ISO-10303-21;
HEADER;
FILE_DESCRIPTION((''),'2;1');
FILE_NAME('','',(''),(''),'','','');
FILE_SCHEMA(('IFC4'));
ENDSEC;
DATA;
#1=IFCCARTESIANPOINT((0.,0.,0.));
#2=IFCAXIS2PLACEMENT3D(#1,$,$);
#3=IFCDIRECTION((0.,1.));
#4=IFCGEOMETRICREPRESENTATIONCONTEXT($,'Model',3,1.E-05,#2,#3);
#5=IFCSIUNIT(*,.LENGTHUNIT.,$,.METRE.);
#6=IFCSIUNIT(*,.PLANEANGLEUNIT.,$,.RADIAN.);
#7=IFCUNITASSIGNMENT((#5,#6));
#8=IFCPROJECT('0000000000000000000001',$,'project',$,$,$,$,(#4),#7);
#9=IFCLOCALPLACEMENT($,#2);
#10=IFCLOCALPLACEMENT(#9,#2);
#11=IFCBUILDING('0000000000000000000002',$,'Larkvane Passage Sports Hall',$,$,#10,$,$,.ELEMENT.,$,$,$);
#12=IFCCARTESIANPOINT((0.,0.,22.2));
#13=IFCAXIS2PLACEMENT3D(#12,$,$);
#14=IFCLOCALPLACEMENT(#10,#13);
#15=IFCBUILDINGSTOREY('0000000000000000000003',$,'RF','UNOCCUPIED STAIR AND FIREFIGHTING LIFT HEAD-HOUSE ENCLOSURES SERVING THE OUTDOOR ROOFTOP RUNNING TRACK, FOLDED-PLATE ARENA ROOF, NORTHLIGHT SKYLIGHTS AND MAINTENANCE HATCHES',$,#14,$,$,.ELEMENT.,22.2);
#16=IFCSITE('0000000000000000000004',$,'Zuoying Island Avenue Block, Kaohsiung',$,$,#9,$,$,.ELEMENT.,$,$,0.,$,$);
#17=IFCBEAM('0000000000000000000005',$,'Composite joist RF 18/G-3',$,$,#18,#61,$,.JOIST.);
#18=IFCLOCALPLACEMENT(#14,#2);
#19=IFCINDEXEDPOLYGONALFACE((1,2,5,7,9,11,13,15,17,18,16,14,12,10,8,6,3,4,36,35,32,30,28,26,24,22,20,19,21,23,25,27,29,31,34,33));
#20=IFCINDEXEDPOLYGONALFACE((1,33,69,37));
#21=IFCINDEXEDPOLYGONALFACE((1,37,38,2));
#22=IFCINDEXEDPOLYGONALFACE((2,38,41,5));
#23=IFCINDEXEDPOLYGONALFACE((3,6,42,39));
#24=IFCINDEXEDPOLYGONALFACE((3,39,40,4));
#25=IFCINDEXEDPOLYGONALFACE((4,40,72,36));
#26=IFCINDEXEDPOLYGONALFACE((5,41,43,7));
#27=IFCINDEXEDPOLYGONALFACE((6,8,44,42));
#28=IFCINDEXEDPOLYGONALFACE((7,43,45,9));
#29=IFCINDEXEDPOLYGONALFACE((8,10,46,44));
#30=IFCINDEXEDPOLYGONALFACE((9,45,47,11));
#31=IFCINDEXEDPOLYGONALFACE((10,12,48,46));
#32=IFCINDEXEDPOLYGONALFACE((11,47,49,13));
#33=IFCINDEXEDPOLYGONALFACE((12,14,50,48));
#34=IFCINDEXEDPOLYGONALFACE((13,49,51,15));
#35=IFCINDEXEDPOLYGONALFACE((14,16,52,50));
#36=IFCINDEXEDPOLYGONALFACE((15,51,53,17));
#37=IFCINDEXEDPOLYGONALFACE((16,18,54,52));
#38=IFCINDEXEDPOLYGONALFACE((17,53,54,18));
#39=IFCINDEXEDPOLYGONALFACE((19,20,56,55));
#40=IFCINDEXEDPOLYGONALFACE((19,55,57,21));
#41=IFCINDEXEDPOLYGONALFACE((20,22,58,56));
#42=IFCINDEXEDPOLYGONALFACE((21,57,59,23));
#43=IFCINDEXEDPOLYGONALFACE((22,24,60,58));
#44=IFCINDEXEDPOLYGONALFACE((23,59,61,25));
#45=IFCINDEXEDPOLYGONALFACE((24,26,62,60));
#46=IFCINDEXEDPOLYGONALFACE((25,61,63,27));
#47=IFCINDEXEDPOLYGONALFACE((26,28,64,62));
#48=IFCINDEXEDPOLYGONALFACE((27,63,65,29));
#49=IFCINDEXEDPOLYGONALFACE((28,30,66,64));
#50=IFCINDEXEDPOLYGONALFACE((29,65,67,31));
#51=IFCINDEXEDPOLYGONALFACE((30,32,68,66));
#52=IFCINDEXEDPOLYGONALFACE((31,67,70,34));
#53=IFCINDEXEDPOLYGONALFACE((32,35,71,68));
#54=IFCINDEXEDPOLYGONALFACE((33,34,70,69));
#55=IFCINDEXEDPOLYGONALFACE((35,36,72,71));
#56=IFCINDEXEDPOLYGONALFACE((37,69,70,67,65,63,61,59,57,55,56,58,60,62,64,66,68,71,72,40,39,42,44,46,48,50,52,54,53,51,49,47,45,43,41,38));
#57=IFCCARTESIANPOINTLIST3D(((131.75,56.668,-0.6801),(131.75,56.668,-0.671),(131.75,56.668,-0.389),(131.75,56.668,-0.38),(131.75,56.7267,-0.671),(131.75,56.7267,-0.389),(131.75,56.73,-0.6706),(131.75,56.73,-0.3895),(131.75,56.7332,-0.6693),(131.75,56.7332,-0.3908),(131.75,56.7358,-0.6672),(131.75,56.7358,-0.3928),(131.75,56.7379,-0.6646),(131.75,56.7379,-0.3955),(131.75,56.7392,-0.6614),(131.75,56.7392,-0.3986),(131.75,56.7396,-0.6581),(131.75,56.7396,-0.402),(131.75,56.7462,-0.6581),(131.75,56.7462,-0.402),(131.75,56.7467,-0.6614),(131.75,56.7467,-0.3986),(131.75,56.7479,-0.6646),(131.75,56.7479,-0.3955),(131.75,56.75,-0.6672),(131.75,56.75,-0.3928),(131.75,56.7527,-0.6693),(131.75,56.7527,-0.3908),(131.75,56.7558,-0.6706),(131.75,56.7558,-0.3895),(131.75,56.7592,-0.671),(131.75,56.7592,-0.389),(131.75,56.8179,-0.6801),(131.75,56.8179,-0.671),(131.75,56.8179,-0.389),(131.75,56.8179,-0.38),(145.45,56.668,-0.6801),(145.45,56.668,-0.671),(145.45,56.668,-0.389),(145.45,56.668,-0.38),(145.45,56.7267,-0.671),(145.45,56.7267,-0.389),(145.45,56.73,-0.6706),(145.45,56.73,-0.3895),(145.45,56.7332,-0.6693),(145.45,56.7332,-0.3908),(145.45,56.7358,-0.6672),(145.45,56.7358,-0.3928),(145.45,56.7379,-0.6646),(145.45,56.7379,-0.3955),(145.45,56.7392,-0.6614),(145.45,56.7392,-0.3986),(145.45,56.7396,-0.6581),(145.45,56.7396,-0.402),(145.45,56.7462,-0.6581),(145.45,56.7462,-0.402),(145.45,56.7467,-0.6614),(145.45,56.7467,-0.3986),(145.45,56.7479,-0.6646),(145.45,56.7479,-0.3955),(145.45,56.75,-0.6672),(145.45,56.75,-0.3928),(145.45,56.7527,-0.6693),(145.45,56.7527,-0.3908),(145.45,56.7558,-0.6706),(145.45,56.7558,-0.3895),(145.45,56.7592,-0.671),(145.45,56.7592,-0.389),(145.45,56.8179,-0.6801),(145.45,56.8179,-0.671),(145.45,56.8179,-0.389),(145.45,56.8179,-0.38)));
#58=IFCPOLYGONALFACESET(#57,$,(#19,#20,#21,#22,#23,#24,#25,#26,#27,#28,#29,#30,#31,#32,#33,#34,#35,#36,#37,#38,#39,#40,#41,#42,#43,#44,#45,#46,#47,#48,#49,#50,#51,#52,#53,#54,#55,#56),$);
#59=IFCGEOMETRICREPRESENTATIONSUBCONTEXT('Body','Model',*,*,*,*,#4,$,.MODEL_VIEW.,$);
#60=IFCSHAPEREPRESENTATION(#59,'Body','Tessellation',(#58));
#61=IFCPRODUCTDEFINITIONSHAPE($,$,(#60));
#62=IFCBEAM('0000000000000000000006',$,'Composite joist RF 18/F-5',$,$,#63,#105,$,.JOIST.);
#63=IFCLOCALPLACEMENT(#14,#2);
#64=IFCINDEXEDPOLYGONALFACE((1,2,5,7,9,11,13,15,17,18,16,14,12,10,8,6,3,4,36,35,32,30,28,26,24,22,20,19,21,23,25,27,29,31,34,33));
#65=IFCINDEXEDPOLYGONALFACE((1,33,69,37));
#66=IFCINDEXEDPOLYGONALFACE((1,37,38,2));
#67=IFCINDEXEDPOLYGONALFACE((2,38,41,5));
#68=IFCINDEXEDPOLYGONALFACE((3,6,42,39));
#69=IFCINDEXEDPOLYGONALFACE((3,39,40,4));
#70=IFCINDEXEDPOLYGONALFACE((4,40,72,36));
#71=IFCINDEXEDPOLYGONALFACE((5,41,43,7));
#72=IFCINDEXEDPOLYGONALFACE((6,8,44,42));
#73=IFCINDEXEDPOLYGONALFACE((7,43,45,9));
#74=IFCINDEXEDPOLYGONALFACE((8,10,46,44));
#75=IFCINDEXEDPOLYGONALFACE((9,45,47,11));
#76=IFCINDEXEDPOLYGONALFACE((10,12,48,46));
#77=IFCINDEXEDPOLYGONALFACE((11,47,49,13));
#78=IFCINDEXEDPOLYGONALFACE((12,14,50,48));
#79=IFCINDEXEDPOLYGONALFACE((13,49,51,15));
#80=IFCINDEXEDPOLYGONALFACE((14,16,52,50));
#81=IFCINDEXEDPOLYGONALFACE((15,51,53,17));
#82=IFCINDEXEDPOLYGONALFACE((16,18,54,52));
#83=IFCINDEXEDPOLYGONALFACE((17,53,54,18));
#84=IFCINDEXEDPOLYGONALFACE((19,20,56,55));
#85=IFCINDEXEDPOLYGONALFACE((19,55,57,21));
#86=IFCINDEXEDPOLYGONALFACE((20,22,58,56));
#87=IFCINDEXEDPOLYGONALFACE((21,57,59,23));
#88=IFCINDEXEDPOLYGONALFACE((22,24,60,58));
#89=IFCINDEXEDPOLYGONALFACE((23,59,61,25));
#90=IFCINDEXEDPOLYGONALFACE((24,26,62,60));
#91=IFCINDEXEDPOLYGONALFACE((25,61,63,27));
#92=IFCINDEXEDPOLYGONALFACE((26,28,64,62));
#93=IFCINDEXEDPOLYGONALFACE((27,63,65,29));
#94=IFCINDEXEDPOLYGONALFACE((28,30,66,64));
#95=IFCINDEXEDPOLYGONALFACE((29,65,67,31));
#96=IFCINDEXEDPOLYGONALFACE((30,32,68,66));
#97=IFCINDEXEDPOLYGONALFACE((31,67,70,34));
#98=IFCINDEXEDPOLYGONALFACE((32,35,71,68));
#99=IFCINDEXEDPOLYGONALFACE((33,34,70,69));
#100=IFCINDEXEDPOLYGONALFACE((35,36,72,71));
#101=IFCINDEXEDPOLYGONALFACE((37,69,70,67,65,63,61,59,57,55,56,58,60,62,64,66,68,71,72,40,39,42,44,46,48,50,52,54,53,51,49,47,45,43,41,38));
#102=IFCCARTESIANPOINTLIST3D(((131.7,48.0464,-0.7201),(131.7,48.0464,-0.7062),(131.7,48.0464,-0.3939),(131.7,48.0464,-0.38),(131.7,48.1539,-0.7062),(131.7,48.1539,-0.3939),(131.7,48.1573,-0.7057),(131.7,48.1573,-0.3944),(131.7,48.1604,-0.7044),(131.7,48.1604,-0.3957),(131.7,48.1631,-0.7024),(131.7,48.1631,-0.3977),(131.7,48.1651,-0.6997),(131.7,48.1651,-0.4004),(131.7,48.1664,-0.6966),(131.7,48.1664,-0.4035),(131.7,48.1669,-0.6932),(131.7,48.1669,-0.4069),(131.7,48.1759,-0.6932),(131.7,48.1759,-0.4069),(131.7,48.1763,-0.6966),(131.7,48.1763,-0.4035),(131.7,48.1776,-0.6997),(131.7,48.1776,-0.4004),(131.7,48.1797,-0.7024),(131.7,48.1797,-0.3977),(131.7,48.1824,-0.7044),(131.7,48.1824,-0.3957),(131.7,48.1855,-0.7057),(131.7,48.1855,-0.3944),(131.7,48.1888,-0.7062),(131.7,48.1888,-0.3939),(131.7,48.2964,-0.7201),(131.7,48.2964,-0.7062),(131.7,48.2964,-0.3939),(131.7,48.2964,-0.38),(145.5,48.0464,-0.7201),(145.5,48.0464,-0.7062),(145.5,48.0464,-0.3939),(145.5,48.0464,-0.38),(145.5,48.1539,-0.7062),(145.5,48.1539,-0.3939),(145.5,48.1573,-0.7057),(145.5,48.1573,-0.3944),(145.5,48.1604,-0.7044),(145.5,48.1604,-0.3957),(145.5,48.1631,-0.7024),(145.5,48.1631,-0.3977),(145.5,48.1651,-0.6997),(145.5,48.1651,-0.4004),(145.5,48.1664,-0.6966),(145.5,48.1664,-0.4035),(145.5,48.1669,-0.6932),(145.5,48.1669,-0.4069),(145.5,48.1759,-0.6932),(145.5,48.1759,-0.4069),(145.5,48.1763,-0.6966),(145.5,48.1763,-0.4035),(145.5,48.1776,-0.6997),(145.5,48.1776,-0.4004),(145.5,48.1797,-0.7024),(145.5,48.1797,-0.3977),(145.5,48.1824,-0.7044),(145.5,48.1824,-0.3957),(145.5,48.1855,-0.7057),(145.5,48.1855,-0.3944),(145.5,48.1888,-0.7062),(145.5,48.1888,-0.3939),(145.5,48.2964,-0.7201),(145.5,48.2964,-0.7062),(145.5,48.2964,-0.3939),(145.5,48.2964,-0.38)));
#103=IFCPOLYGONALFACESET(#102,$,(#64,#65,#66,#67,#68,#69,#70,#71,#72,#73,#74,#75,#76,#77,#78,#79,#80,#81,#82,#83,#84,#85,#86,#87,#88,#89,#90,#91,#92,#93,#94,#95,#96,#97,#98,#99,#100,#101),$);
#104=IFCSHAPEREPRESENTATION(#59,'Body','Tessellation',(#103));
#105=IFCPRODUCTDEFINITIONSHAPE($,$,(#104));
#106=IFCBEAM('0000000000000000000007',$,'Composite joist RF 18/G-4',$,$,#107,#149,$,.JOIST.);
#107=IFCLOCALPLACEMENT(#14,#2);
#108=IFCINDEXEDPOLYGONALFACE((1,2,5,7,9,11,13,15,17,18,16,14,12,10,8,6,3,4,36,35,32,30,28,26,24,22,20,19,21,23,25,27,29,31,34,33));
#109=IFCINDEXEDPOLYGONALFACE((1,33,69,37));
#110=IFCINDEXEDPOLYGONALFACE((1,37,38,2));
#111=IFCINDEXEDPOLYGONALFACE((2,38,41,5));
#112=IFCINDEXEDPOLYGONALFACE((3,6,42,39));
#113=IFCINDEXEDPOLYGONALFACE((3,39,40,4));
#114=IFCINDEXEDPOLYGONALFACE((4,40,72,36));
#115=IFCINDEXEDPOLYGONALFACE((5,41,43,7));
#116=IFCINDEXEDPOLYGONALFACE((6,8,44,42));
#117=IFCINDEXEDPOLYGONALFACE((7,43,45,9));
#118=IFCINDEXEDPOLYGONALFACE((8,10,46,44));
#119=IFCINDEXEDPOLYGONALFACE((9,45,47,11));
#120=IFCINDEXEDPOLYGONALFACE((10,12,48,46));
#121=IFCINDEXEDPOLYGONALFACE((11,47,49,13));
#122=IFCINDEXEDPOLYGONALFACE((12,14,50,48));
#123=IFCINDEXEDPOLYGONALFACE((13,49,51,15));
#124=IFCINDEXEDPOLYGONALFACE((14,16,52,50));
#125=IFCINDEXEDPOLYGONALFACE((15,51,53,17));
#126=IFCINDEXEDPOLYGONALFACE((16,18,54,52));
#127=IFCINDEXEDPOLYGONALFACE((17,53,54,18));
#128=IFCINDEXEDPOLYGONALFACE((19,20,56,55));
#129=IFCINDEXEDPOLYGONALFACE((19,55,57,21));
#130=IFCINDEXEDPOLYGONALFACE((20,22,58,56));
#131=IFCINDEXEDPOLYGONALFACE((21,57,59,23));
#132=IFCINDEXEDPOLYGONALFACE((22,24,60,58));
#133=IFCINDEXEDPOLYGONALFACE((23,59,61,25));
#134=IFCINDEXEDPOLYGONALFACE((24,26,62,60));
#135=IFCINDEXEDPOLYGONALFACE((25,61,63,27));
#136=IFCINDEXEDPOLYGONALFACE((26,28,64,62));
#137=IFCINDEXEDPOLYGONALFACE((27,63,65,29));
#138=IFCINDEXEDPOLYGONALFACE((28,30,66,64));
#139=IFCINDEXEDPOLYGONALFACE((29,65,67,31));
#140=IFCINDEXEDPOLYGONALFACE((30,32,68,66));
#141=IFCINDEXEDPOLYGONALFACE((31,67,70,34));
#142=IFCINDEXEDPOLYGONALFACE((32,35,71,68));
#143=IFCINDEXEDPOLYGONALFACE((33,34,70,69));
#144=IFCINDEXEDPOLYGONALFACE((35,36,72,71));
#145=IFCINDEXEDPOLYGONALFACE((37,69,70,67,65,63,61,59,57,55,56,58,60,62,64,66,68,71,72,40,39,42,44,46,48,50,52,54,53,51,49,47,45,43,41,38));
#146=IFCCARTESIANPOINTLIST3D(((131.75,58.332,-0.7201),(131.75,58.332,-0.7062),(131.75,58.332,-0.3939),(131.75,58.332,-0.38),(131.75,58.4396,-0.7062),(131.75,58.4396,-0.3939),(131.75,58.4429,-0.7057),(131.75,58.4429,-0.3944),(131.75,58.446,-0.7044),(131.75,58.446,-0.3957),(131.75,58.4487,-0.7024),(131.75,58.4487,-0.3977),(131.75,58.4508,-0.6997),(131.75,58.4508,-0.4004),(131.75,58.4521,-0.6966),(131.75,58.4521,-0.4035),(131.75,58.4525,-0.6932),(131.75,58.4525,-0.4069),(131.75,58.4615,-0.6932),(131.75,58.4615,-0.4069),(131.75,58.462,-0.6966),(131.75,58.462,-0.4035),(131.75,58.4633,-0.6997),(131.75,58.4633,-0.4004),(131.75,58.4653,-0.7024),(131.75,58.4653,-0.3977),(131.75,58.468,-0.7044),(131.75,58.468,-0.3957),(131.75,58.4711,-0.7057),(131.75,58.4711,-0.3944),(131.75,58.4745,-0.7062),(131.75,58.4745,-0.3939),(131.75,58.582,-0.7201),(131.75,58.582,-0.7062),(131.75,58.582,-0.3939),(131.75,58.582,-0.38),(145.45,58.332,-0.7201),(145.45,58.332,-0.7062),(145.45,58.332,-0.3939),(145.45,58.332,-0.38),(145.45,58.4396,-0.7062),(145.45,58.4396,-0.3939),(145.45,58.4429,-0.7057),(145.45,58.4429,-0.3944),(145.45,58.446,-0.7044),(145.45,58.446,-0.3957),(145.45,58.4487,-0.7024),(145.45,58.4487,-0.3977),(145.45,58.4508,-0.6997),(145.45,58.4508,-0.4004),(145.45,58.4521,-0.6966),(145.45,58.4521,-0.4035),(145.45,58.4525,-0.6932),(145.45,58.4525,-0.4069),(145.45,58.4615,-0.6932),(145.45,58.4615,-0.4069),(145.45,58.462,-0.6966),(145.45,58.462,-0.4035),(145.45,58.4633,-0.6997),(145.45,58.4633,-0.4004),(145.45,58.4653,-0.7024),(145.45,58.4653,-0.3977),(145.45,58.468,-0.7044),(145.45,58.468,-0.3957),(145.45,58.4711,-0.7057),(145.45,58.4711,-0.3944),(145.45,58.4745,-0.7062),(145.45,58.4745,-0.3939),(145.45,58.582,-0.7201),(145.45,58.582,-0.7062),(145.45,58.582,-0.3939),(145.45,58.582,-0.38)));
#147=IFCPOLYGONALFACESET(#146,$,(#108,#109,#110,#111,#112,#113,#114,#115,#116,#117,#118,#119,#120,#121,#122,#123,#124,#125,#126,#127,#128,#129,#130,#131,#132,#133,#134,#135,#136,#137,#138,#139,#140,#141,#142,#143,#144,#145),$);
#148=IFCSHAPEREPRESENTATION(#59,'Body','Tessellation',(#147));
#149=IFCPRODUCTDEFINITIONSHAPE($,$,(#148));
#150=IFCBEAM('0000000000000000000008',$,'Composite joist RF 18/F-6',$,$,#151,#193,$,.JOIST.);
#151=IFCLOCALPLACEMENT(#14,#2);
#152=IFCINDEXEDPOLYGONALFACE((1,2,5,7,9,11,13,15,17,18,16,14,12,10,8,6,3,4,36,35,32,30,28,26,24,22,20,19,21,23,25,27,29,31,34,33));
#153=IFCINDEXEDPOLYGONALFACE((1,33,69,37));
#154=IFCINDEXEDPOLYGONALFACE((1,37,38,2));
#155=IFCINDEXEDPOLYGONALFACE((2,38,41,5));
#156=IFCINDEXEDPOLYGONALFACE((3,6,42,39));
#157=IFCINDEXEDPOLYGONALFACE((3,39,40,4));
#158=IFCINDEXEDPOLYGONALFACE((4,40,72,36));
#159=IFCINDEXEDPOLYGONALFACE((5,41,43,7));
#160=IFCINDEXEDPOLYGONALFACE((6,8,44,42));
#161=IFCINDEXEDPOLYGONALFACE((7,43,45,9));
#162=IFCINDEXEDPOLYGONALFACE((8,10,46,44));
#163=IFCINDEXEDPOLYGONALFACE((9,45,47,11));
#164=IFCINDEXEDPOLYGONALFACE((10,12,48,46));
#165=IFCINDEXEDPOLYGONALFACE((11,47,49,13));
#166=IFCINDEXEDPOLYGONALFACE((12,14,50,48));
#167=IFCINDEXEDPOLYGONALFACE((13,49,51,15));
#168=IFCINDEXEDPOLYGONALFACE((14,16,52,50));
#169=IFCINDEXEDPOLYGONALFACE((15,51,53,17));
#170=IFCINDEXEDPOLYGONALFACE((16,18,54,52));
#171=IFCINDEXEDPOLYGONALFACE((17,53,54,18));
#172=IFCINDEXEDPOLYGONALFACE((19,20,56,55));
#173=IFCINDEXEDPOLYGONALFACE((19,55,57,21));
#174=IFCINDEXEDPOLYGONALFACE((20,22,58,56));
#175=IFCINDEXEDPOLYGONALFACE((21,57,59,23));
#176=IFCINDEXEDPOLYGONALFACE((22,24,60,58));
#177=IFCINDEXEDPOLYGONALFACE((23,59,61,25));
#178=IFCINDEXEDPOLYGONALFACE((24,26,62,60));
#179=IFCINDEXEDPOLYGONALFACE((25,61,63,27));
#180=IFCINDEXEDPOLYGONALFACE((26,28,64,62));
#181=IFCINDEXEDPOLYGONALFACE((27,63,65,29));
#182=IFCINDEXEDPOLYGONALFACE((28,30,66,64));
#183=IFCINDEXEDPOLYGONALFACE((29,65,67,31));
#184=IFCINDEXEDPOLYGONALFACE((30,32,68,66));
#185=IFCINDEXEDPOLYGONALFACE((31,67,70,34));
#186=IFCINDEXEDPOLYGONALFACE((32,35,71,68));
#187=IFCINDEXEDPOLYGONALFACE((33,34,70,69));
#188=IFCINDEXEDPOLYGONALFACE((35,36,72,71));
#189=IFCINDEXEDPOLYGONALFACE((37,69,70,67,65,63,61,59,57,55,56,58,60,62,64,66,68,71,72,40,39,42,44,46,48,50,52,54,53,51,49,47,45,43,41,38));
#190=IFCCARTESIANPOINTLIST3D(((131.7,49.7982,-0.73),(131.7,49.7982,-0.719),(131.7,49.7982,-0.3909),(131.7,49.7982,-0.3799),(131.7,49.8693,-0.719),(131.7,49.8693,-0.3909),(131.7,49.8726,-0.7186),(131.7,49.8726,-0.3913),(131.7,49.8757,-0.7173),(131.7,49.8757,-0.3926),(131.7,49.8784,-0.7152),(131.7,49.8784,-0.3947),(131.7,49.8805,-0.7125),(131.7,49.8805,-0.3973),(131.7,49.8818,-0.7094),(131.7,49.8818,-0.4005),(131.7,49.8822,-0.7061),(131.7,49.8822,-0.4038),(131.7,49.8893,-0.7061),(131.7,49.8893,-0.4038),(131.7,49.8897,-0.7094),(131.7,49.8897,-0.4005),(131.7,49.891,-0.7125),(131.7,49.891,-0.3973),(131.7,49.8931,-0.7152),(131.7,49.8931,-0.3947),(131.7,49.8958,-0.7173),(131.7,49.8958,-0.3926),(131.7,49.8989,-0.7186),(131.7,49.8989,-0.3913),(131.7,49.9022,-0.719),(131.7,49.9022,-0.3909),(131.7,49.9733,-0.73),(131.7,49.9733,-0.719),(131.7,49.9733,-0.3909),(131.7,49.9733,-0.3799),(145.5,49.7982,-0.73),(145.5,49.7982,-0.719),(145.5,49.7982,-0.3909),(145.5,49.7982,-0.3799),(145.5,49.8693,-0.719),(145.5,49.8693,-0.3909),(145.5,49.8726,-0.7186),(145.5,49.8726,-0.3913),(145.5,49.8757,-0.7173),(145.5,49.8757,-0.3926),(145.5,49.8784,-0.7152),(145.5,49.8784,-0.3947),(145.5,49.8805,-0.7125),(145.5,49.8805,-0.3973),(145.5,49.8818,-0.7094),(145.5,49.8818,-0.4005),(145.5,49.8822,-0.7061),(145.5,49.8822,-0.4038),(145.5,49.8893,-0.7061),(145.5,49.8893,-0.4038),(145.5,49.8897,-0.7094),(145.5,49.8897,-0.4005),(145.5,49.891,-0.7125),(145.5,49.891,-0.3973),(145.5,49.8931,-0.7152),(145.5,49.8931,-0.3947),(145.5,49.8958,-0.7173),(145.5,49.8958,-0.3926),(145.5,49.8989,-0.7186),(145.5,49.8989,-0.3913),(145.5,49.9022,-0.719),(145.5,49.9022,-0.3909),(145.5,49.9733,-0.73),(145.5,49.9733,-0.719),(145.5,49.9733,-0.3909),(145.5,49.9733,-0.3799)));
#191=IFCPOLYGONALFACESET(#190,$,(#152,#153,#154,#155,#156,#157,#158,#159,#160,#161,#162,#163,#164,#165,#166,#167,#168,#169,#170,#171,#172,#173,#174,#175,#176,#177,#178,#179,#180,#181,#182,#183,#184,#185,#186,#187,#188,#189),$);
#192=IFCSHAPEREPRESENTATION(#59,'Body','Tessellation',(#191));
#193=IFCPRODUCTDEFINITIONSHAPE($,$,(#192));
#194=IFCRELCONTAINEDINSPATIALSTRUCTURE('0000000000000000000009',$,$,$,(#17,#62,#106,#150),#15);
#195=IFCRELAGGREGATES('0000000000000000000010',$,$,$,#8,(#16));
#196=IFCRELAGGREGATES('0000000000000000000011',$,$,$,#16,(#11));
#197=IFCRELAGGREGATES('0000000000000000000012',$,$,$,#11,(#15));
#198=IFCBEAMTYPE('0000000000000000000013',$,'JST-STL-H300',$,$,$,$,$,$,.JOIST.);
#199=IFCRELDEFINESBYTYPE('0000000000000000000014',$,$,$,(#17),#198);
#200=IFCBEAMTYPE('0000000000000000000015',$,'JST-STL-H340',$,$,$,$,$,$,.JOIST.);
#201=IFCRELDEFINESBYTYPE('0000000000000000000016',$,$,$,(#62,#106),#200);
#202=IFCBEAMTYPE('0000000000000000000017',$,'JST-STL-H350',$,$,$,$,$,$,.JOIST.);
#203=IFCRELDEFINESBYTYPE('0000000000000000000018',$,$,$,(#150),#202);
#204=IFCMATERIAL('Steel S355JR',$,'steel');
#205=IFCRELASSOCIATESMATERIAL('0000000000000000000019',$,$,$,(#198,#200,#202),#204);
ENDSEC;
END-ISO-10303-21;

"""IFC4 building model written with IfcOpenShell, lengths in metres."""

from ifc_helpers import new_model, si_unit, direction, frame, origin, origin_2d, place, context, subcontext, project, spatial, i_section, extrude, material, material_profile, profile_set, type_object, element, save


model = new_model("IFC4")

# Units and contexts
model_context = context("Model", 3, precision=1e-05, world=origin(), true_north=direction((0.0, 1.0)))
body_context = subcontext(model_context, "Body", "Model", "MODEL_VIEW")
ifc_project = project(units=[si_unit("LENGTHUNIT", "METRE"), si_unit("PLANEANGLEUNIT", "RADIAN")], contexts=[model_context])

# Site, building, storey
site_placement = place(None, origin())
site = spatial("IfcSite", under=ifc_project, at=site_placement, Name="Zuoying Island Avenue Block, Kaohsiung", CompositionType="ELEMENT", RefElevation=0.0)
building_placement = place(site_placement, origin())
building = spatial("IfcBuilding", under=site, at=building_placement, Name="Larkvane Passage Sports Hall", CompositionType="ELEMENT")
storey_placement = place(building_placement, frame((0.0, 0.0, 22.2)))
storey = spatial("IfcBuildingStorey", under=building, at=storey_placement, Name="RF", Description="UNOCCUPIED STAIR AND FIREFIGHTING LIFT HEAD-HOUSE ENCLOSURES SERVING THE OUTDOOR ROOFTOP RUNNING TRACK, FOLDED-PLATE ARENA ROOF, NORTHLIGHT SKYLIGHTS AND MAINTENANCE HATCHES", CompositionType="ELEMENT", Elevation=22.2)

# Beams
ifc_material_1 = material(Name="Steel S355JR", Category="steel")
ifc_material_profile_1 = material_profile(ifc_material_1, i_section(OverallWidth=0.1499, OverallDepth=0.3, WebThickness=0.0066, FlangeThickness=0.009, FilletRadius=0.0129, at=origin_2d()), Name="H-300x150x6.5x9")
ifc_profile_set_1 = profile_set([ifc_material_profile_1], Name="Steel S355JR")
beam_type_1 = type_object("IfcBeamType", Name="JST-STL-H300", PredefinedType="JOIST", material=ifc_profile_set_1)
beam_1_placement = place(storey_placement, frame((131.75, 56.7429, -0.53), z_axis=(1.0, 0.0, 0.0), x_axis=(0.0, 1.0, 0.0)))
element("IfcBeam", 1, at=beam_1_placement, inside=storey, type_object=beam_type_1, Name="Composite joist RF 18/G-3", PredefinedType="JOIST", context=body_context, shape_type="SweptSolid", body=[
    extrude(i_section(OverallWidth=0.1499, OverallDepth=0.3, WebThickness=0.0066, FlangeThickness=0.009, FilletRadius=0.0129, at=origin_2d()), origin(), (0.0, 0.0, 1.0), 13.7),
])
ifc_material_profile_2 = material_profile(ifc_material_1, i_section(OverallWidth=0.25, OverallDepth=0.3401, WebThickness=0.009, FlangeThickness=0.0139, FilletRadius=0.0129, at=origin_2d()), Name="H-340x250x9x14")
ifc_profile_set_2 = profile_set([ifc_material_profile_2], Name="Steel S355JR")
beam_type_2 = type_object("IfcBeamType", Name="JST-STL-H340", PredefinedType="JOIST", material=ifc_profile_set_2)
beam_2_placement = place(storey_placement, frame((131.7, 48.1714, -0.55), z_axis=(1.0, 0.0, 0.0), x_axis=(0.0, 1.0, 0.0)))
element("IfcBeam", 2, at=beam_2_placement, inside=storey, type_object=beam_type_2, Name="Composite joist RF 18/F-5", PredefinedType="JOIST", context=body_context, shape_type="SweptSolid", body=[
    extrude(i_section(OverallWidth=0.25, OverallDepth=0.3401, WebThickness=0.009, FlangeThickness=0.0139, FilletRadius=0.0129, at=origin_2d()), origin(), (0.0, 0.0, 1.0), 13.8),
])
beam_3_placement = place(storey_placement, frame((131.75, 58.457, -0.55), z_axis=(1.0, 0.0, 0.0), x_axis=(0.0, 1.0, 0.0)))
element("IfcBeam", 3, at=beam_3_placement, inside=storey, type_object=beam_type_2, Name="Composite joist RF 18/G-4", PredefinedType="JOIST", context=body_context, shape_type="SweptSolid", body=[
    extrude(i_section(OverallWidth=0.25, OverallDepth=0.3401, WebThickness=0.009, FlangeThickness=0.0139, FilletRadius=0.0129, at=origin_2d()), origin(), (0.0, 0.0, 1.0), 13.7),
])
ifc_material_profile_3 = material_profile(ifc_material_1, i_section(OverallWidth=0.175, OverallDepth=0.3501, WebThickness=0.0071, FlangeThickness=0.011, FilletRadius=0.0129, at=origin_2d()), Name="H-350x175x7x11")
ifc_profile_set_3 = profile_set([ifc_material_profile_3], Name="Steel S355JR")
beam_type_3 = type_object("IfcBeamType", Name="JST-STL-H350", PredefinedType="JOIST", material=ifc_profile_set_3)
beam_4_placement = place(storey_placement, frame((131.7, 49.8857, -0.5549), z_axis=(1.0, 0.0, 0.0), x_axis=(0.0, 1.0, 0.0)))
element("IfcBeam", 4, at=beam_4_placement, inside=storey, type_object=beam_type_3, Name="Composite joist RF 18/F-6", PredefinedType="JOIST", context=body_context, shape_type="SweptSolid", body=[
    extrude(i_section(OverallWidth=0.175, OverallDepth=0.3501, WebThickness=0.0071, FlangeThickness=0.011, FilletRadius=0.0129, at=origin_2d()), origin(), (0.0, 0.0, 1.0), 13.8),
])

save(model, "model.ifc")
